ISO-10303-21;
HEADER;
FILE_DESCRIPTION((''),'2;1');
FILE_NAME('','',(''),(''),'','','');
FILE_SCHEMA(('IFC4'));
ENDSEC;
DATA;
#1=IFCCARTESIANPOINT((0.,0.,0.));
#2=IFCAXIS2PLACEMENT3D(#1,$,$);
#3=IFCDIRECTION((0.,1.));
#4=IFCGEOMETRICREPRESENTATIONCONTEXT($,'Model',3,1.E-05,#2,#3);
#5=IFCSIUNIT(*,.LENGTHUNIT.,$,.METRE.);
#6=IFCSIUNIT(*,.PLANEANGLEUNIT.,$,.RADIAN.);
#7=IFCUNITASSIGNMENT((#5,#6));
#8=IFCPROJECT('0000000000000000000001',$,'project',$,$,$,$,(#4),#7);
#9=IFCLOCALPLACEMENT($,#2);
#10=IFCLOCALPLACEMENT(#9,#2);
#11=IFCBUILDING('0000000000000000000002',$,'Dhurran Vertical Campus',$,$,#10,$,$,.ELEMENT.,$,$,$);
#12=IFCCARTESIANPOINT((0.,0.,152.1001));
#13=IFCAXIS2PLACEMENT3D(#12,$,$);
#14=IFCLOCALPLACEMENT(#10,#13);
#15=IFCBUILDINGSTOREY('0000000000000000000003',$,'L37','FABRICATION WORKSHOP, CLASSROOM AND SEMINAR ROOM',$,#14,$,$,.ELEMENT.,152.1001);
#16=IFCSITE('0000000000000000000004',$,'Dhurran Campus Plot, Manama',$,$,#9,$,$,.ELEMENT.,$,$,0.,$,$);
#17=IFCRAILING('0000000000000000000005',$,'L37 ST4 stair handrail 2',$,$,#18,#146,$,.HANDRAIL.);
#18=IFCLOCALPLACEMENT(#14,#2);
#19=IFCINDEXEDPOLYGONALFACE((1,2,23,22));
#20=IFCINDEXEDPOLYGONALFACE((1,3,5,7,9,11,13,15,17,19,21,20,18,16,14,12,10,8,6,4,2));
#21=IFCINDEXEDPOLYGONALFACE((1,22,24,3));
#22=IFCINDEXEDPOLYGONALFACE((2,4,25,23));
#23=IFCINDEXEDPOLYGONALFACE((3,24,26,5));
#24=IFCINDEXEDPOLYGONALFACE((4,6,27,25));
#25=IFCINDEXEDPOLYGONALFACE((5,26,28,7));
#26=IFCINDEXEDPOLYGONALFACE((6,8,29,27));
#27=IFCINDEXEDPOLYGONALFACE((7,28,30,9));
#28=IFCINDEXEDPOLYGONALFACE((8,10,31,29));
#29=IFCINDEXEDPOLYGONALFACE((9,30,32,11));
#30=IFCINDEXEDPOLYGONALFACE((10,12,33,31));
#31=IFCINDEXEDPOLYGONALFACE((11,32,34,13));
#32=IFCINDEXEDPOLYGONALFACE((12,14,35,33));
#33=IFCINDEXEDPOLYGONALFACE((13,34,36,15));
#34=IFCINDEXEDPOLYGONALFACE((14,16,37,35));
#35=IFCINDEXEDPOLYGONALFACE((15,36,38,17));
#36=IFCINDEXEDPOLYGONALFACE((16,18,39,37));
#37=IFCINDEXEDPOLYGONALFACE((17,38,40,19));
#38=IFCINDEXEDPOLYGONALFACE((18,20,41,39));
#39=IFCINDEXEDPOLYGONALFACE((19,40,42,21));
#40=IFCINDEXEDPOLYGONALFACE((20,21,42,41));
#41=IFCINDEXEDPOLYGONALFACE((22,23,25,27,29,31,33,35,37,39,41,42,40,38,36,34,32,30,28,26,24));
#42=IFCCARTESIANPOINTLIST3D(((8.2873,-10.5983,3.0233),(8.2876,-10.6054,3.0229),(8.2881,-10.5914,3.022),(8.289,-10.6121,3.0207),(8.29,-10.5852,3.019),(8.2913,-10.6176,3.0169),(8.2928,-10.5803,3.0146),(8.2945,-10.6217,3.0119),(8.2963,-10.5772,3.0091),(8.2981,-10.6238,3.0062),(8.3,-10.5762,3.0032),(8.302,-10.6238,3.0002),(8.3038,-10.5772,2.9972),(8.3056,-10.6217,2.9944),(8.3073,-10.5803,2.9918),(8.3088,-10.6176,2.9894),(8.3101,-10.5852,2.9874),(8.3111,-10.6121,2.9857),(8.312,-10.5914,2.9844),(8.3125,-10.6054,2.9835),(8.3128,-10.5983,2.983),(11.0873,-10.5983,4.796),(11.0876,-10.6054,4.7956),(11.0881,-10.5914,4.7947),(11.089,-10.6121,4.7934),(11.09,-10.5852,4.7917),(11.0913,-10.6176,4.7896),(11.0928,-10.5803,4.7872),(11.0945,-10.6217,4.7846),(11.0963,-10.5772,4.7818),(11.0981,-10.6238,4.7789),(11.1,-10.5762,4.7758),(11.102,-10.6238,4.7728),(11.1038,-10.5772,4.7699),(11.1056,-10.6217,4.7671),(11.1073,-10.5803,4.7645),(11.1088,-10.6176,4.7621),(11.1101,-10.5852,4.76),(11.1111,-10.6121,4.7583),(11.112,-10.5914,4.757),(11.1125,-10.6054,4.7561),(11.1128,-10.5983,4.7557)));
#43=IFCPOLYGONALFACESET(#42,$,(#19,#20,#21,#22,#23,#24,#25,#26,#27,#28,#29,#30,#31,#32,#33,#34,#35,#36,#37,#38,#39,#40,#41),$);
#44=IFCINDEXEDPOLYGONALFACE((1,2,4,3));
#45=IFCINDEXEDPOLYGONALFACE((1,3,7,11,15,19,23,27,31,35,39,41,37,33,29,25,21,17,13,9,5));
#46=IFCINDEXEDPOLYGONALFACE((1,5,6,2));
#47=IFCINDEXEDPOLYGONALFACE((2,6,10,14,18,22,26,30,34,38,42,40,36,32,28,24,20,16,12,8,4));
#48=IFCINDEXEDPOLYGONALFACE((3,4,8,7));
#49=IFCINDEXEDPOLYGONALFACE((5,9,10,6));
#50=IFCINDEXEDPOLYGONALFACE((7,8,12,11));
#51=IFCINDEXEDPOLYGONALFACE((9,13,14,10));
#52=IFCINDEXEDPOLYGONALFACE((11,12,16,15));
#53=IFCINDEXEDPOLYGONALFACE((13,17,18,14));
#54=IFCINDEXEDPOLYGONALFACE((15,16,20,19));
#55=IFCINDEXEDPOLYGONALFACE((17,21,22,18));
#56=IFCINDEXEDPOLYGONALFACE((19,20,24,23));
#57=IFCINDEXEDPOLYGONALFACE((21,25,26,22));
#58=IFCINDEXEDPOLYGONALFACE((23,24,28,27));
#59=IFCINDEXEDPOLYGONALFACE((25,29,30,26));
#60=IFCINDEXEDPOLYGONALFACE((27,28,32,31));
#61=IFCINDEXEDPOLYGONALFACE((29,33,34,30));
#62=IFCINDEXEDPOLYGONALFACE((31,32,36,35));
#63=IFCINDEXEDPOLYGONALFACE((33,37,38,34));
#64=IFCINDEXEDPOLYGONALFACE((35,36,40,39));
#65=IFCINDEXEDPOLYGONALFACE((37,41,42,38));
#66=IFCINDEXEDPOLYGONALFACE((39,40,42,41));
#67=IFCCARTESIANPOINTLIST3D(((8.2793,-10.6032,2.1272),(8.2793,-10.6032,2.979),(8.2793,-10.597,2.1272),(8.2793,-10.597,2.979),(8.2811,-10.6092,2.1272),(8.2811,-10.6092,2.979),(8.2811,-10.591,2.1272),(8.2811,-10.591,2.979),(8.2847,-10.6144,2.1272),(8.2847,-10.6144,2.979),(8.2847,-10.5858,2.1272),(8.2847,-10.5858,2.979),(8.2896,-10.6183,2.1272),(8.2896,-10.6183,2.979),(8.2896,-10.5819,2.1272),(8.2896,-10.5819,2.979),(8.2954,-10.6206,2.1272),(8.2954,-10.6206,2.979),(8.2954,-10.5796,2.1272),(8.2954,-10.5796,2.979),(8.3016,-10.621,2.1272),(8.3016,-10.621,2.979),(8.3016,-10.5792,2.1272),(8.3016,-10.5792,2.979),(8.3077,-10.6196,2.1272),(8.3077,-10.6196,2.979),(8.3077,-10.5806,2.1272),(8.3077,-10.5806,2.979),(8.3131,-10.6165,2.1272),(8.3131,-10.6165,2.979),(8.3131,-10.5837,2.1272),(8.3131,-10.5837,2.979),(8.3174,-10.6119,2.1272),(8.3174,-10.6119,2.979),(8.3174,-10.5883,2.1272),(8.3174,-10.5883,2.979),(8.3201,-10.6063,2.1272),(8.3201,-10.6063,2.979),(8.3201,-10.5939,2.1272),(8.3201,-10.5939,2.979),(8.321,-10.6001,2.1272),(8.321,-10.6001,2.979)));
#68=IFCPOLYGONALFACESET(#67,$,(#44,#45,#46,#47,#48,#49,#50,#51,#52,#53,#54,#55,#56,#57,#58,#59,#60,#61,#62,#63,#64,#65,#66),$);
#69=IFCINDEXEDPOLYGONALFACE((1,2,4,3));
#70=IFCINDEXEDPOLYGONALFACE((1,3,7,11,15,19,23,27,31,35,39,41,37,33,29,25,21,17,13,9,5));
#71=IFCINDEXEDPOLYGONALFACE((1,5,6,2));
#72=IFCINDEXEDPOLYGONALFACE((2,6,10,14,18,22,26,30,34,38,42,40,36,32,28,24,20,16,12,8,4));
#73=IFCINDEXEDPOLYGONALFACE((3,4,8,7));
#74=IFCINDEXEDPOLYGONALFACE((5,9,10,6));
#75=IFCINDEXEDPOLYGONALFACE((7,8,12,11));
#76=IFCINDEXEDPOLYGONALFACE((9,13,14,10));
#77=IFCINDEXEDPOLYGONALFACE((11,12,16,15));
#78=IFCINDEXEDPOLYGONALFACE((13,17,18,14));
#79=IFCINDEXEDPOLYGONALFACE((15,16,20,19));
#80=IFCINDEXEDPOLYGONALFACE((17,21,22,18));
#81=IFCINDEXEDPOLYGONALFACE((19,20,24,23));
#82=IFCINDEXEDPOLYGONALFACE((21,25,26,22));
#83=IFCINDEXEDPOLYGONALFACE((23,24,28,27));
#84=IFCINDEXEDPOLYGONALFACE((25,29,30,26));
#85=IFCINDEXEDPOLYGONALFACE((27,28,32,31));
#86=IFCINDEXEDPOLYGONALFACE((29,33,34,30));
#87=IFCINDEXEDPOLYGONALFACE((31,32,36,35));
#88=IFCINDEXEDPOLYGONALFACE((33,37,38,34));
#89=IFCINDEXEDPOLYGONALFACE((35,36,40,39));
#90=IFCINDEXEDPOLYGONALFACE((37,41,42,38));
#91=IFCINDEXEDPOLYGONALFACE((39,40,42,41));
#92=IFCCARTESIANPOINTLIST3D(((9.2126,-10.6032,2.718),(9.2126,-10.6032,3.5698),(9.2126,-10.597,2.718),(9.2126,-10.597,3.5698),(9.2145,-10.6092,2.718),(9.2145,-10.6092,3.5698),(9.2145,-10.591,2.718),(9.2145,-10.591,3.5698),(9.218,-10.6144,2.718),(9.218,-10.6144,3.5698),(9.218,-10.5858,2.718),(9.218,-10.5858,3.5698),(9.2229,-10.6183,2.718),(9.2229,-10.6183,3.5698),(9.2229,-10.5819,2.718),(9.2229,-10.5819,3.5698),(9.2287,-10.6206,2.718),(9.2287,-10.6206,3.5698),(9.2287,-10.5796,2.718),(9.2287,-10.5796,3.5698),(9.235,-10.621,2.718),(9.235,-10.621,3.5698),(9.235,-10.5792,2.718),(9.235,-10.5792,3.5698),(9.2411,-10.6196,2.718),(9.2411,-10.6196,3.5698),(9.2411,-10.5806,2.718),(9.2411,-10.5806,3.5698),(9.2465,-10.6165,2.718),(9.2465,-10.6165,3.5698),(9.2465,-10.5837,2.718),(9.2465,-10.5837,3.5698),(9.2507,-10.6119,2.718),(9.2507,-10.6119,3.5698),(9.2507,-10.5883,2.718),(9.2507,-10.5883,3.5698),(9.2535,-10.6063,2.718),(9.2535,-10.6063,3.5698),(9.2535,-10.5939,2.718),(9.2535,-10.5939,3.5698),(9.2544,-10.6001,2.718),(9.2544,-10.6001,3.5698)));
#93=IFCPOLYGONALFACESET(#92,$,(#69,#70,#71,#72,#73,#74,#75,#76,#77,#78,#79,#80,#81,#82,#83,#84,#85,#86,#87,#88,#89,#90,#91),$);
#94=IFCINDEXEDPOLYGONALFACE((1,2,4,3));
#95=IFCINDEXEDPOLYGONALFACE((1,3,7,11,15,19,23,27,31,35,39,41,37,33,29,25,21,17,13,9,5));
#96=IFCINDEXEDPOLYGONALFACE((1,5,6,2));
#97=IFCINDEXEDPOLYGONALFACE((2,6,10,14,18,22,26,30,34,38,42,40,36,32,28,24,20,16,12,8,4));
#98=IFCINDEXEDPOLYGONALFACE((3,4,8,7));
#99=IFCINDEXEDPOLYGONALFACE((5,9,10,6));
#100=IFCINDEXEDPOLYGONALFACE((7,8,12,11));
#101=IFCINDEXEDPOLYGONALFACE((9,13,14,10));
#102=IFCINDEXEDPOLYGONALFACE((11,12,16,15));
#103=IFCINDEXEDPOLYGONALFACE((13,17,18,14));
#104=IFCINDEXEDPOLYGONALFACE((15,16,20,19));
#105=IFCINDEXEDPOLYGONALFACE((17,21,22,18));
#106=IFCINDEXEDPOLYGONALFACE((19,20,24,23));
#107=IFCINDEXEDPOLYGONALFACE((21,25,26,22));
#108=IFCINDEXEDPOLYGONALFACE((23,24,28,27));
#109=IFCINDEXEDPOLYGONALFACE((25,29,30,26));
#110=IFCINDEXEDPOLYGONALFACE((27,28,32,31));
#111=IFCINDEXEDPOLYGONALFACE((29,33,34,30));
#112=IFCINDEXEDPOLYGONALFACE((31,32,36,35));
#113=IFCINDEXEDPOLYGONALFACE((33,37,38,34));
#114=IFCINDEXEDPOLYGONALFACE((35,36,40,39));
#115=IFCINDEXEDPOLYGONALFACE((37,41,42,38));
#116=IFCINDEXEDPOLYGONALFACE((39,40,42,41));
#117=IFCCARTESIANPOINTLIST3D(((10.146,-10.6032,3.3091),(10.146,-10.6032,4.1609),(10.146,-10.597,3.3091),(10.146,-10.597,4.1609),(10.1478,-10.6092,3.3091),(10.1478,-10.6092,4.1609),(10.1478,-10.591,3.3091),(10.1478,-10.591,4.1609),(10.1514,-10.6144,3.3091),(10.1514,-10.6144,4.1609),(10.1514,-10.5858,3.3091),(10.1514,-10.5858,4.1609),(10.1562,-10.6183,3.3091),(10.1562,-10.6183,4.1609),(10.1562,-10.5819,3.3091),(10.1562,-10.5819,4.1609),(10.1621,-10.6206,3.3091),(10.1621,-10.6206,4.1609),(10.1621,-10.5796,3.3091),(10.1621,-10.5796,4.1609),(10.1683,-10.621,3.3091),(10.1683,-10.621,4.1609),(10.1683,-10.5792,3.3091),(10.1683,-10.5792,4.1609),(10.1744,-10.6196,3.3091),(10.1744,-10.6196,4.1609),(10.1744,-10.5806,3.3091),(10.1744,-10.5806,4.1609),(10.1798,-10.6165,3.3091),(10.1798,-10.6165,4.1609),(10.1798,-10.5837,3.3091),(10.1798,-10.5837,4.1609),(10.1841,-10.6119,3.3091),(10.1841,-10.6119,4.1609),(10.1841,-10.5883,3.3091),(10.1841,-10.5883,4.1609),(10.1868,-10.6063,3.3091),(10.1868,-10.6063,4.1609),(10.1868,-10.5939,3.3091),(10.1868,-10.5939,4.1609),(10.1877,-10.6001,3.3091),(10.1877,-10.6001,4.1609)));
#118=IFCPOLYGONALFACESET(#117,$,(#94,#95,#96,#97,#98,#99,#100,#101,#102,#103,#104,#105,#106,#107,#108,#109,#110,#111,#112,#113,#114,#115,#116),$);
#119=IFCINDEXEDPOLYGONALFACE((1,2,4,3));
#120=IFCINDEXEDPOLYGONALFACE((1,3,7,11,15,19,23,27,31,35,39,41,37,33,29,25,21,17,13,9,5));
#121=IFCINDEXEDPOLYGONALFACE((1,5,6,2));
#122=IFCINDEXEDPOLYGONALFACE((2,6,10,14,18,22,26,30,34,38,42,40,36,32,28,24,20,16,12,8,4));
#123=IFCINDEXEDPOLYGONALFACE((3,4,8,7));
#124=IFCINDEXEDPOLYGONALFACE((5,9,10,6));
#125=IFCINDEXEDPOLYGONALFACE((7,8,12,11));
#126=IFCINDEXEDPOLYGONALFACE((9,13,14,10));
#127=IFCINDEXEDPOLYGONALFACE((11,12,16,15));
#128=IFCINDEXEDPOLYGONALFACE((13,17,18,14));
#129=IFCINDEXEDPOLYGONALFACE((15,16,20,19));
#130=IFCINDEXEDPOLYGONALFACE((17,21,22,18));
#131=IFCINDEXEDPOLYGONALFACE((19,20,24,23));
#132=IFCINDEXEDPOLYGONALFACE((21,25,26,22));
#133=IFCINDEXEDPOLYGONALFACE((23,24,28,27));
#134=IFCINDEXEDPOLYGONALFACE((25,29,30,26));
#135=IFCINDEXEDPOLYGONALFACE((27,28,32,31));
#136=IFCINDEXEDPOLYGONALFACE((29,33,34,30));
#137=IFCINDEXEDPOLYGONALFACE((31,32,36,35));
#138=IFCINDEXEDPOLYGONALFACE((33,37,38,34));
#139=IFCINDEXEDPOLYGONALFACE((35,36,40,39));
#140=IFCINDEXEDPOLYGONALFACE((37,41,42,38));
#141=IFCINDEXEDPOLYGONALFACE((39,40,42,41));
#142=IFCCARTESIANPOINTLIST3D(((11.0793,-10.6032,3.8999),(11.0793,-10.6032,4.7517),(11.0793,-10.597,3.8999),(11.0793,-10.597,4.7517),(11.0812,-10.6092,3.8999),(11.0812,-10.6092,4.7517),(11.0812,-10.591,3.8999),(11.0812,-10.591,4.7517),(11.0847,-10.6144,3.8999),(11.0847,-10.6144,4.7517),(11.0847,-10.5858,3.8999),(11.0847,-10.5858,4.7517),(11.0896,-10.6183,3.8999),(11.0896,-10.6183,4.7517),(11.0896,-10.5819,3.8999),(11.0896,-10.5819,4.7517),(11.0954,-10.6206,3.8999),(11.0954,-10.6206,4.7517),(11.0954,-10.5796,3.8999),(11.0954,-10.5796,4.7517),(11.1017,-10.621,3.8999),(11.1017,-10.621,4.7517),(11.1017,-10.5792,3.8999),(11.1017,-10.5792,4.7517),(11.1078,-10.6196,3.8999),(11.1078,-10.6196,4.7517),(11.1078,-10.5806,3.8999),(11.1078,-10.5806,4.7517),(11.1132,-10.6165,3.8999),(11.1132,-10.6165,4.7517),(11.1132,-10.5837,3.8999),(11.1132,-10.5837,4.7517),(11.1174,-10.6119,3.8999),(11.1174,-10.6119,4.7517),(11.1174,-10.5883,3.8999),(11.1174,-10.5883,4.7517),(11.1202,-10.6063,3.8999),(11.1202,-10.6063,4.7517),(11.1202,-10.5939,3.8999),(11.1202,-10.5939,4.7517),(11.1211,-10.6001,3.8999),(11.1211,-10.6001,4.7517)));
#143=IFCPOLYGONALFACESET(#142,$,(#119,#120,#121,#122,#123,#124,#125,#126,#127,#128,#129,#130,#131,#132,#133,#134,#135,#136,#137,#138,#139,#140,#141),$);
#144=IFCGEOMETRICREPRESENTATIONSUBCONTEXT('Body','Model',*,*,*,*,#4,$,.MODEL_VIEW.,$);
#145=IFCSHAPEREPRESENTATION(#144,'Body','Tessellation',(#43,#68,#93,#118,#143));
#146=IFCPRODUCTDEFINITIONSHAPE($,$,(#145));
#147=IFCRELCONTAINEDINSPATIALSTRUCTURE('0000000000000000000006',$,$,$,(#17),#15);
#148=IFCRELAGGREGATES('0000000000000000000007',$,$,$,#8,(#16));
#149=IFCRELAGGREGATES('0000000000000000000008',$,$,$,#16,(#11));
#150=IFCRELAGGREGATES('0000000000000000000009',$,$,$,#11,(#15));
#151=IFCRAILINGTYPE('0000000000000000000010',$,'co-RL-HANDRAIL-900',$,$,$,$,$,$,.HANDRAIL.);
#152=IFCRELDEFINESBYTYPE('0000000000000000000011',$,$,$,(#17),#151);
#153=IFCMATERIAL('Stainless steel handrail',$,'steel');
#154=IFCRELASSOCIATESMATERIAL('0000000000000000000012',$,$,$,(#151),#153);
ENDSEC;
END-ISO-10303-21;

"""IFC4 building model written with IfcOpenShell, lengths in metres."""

from ifc_helpers import new_model, si_unit, direction, frame, origin, origin_2d, place, context, subcontext, project, spatial, circle, extrude, material, type_object, element, save


model = new_model("IFC4")

# Units and contexts
model_context = context("Model", 3, precision=1e-05, world=origin(), true_north=direction((0.0, 1.0)))
body_context = subcontext(model_context, "Body", "Model", "MODEL_VIEW")
ifc_project = project(units=[si_unit("LENGTHUNIT", "METRE"), si_unit("PLANEANGLEUNIT", "RADIAN")], contexts=[model_context])

# Site, building, storey
site_placement = place(None, origin())
site = spatial("IfcSite", under=ifc_project, at=site_placement, Name="Dhurran Campus Plot, Manama", CompositionType="ELEMENT", RefElevation=0.0)
building_placement = place(site_placement, origin())
building = spatial("IfcBuilding", under=site, at=building_placement, Name="Dhurran Vertical Campus", CompositionType="ELEMENT")
storey_placement = place(building_placement, frame((0.0, 0.0, 152.1001)))
storey = spatial("IfcBuildingStorey", under=building, at=storey_placement, Name="L37", Description="FABRICATION WORKSHOP, CLASSROOM AND SEMINAR ROOM", CompositionType="ELEMENT", Elevation=152.1001)

# Railing
ifc_material_1 = material(Name="Stainless steel handrail", Category="steel")
railing_type = type_object("IfcRailingType", Name="co-RL-HANDRAIL-900", PredefinedType="HANDRAIL", material=ifc_material_1)
railing_placement = place(storey_placement, frame((8.3, -10.6001, 2.1272)))
element("IfcRailing", 1, at=railing_placement, inside=storey, type_object=railing_type, Name="L37 ST4 stair handrail 2", PredefinedType="HANDRAIL", context=body_context, shape_type="SweptSolid", body=[
    extrude(circle(Radius=0.0239, at=origin_2d()), frame((0.0, 0.0, 0.876), z_axis=(0.844909, 0.0, 0.53491), x_axis=(0.0, 1.0, 0.0)), (0.0, 0.0, 1.0), 3.314),
    extrude(circle(Radius=0.021, at=origin_2d()), origin(), (0.0, 0.0, 1.0), 0.8518),
    extrude(circle(Radius=0.021, at=origin_2d()), frame((0.9333, 0.0, 0.5908)), (0.0, 0.0, 1.0), 0.8518),
    extrude(circle(Radius=0.021, at=origin_2d()), frame((1.8667, 0.0, 1.1819)), (0.0, 0.0, 1.0), 0.8518),
    extrude(circle(Radius=0.021, at=origin_2d()), frame((2.8, 0.0, 1.7727)), (0.0, 0.0, 1.0), 0.8518),
])

save(model, "model.ifc")
